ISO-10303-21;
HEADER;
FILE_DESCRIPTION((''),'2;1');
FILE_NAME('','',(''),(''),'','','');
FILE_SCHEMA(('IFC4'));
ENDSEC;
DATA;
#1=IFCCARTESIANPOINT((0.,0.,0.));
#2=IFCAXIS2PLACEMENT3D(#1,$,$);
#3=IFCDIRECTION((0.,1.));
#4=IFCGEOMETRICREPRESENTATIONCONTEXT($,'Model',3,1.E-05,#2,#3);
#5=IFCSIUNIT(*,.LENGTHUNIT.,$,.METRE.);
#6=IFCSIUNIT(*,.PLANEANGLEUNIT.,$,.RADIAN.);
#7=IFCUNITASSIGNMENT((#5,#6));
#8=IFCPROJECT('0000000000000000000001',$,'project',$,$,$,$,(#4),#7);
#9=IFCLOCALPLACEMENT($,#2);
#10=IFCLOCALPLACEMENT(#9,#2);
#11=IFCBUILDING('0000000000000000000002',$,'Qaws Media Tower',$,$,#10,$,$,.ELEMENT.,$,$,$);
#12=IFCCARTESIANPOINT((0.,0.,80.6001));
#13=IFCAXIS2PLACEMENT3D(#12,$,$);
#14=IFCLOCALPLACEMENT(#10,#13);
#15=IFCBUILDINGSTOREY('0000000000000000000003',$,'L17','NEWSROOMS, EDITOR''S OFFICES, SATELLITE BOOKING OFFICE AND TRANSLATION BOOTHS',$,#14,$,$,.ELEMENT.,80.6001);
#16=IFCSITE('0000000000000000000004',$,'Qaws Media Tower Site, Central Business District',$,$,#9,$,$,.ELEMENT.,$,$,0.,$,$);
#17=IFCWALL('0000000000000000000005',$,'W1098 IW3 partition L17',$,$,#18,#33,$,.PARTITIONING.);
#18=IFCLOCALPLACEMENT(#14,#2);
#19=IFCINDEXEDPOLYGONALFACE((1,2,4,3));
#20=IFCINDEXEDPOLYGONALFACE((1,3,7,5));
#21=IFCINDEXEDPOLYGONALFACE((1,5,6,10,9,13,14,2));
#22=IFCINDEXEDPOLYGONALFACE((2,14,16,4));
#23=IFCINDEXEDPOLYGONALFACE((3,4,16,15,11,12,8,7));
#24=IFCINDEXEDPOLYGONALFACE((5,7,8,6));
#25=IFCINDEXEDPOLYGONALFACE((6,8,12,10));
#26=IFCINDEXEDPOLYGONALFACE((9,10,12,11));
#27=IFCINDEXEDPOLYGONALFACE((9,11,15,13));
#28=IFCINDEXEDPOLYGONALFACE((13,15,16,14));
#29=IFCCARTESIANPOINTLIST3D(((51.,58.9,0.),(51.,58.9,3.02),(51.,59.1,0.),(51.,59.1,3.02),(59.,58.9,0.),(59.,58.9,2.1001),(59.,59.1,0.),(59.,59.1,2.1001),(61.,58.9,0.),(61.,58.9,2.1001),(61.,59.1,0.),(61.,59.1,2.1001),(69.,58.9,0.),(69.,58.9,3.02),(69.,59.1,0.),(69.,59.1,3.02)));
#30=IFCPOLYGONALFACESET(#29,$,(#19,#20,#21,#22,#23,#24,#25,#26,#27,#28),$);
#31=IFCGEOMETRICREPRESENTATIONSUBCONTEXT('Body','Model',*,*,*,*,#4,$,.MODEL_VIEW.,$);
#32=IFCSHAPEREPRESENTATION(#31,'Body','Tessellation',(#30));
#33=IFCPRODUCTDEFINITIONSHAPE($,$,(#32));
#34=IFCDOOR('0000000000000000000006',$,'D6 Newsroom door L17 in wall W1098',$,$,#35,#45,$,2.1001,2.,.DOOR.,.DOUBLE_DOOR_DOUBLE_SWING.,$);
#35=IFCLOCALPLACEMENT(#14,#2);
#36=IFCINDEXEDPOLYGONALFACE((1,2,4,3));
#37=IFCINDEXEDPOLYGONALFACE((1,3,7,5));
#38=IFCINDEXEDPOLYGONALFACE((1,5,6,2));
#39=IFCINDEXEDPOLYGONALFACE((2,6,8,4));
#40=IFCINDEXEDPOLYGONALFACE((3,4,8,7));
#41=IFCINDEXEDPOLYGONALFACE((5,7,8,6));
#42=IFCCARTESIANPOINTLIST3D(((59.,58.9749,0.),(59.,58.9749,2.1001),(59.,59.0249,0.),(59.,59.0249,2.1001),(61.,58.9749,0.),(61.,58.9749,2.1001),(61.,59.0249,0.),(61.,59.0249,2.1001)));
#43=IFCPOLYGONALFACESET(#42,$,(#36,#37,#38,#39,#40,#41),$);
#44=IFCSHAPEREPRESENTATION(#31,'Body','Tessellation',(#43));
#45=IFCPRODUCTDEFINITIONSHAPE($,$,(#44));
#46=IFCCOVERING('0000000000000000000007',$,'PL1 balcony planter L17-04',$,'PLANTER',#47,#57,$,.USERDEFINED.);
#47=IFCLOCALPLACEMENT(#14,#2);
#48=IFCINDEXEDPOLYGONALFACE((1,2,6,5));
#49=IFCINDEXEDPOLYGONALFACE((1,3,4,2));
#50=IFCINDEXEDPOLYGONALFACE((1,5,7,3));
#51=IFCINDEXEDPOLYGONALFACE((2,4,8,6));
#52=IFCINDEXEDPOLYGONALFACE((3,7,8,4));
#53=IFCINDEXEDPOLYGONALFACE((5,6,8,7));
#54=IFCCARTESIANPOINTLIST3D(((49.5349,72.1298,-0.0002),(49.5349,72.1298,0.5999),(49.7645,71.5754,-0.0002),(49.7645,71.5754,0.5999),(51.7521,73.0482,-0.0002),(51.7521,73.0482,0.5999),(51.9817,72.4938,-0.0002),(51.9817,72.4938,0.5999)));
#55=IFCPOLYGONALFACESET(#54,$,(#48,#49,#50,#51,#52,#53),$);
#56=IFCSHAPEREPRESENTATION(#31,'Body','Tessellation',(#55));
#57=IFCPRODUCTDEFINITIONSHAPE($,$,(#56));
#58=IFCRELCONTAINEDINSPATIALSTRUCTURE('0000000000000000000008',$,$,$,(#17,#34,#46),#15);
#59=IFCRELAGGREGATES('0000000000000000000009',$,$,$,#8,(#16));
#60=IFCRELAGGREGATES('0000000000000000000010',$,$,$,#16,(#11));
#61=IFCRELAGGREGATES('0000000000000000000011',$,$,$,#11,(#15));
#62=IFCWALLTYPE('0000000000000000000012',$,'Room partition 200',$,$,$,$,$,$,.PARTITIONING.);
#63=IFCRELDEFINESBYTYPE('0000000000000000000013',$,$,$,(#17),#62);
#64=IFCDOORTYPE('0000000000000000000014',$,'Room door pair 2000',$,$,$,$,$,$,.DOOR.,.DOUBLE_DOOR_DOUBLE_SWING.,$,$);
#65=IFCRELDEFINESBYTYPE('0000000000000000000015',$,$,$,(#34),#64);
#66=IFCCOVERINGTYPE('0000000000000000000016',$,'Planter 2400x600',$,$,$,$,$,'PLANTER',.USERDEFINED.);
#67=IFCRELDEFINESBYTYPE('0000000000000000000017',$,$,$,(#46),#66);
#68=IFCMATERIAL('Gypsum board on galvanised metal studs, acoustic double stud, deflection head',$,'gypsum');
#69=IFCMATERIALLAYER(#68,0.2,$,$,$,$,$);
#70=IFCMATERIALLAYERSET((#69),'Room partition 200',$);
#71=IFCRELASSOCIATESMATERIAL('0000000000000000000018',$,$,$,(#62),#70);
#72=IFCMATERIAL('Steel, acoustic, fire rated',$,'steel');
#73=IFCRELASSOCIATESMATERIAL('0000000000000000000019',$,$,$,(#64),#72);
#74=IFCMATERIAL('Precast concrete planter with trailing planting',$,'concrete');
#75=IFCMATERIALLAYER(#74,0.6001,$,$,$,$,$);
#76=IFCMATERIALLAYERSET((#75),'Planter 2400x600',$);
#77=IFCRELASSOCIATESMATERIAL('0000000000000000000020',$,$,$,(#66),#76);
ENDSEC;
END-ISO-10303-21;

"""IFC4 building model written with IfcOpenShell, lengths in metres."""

from ifc_helpers import new_model, si_unit, direction, frame, frame_2d, origin, origin_2d, place, context, subcontext, project, spatial, rectangle, extrude, material, layer, layer_set, type_object, element, fill, save


model = new_model("IFC4")

# Units and contexts
model_context = context("Model", 3, precision=1e-05, world=origin(), true_north=direction((0.0, 1.0)))
body_context = subcontext(model_context, "Body", "Model", "MODEL_VIEW")
ifc_project = project(units=[si_unit("LENGTHUNIT", "METRE"), si_unit("PLANEANGLEUNIT", "RADIAN")], contexts=[model_context])

# Site, building, storey
site_placement = place(None, origin())
site = spatial("IfcSite", under=ifc_project, at=site_placement, Name="Qaws Media Tower Site, Central Business District", CompositionType="ELEMENT", RefElevation=0.0)
building_placement = place(site_placement, origin())
building = spatial("IfcBuilding", under=site, at=building_placement, Name="Qaws Media Tower", CompositionType="ELEMENT")
storey_placement = place(building_placement, frame((0.0, 0.0, 80.6001)))
storey = spatial("IfcBuildingStorey", under=building, at=storey_placement, Name="L17", Description="NEWSROOMS, EDITOR'S OFFICES, SATELLITE BOOKING OFFICE AND TRANSLATION BOOTHS", CompositionType="ELEMENT", Elevation=80.6001)

# Shared definitions
ifc_material_1 = material(Name="Gypsum board on galvanised metal studs, acoustic double stud, deflection head", Category="gypsum")
ifc_layer_1 = layer(ifc_material_1, 0.2)
ifc_layer_set_1 = layer_set([ifc_layer_1], Name="Room partition 200")
wall_type = type_object("IfcWallType", Name="Room partition 200", PredefinedType="PARTITIONING", material=ifc_layer_set_1)

# Wall, opening, door
wall_1_placement = place(storey_placement, frame((51.0, 59.0, 0.0), z_axis=(0.0, 0.0, 1.0), x_axis=(1.0, 0.0, 0.0)))
wall_1 = element("IfcWall", 1, at=wall_1_placement, inside=storey, type_object=wall_type, Name="W1098 IW3 partition L17", PredefinedType="PARTITIONING", context=body_context, shape_type="SweptSolid", body=[
    extrude(rectangle(XDim=18.0, YDim=0.2, at=frame_2d((9.0, 0.0))), origin(), (0.0, 0.0, 1.0), 3.02),
])
opening_placement = place(wall_1_placement, frame((8.0, 0.0, 0.0)))
opening = element("IfcOpeningElement", 2, at=opening_placement, cuts=wall_1, PredefinedType="OPENING", context=body_context, shape_type="SweptSolid", body=[
    extrude(rectangle(XDim=2.0, YDim=2.1001, at=frame_2d((1.0, 1.05))), frame((0.0, 0.1099, 0.0), z_axis=(0.0, -1.0, 0.0), x_axis=(1.0, 0.0, 0.0)), (0.0, 0.0, 1.0), 0.22),
])
ifc_material_2 = material(Name="Steel, acoustic, fire rated", Category="steel")
door_type = type_object("IfcDoorType", Name="Room door pair 2000", OperationType="DOUBLE_DOOR_DOUBLE_SWING", PredefinedType="DOOR", material=ifc_material_2)
door_placement = place(opening_placement, origin())
door = element("IfcDoor", 3, at=door_placement, inside=storey, type_object=door_type, Name="D6 Newsroom door L17 in wall W1098", OperationType="DOUBLE_DOOR_DOUBLE_SWING", OverallHeight=2.1001, OverallWidth=2.0, PredefinedType="DOOR", context=body_context, shape_type="SweptSolid", body=[
    extrude(rectangle(XDim=2.0, YDim=2.1001, at=frame_2d((1.0, 1.05))), frame((0.0, 0.0249, 0.0), z_axis=(0.0, -1.0, 0.0), x_axis=(1.0, 0.0, 0.0)), (0.0, 0.0, 1.0), 0.05),
])
fill(opening, door)

# Covering
ifc_material_3 = material(Name="Precast concrete planter with trailing planting", Category="concrete")
ifc_layer_2 = layer(ifc_material_3, 0.6001)
ifc_layer_set_2 = layer_set([ifc_layer_2], Name="Planter 2400x600")
covering_type = type_object("IfcCoveringType", Name="Planter 2400x600", ElementType="PLANTER", PredefinedType="USERDEFINED", material=ifc_layer_set_2)
covering_placement = place(storey_placement, frame((50.7583, 72.3118, -0.0002), z_axis=(0.0, 0.0, 1.0), x_axis=(-0.92388, -0.382683, 0.0)))
element("IfcCovering", 4, at=covering_placement, inside=storey, type_object=covering_type, Name="PL1 balcony planter L17-04", ObjectType="PLANTER", PredefinedType="USERDEFINED", context=body_context, shape_type="SweptSolid", body=[
    extrude(rectangle(XDim=2.3999, YDim=0.6001, at=origin_2d()), origin(), (0.0, 0.0, 1.0), 0.6001),
])

save(model, "model.ifc")
